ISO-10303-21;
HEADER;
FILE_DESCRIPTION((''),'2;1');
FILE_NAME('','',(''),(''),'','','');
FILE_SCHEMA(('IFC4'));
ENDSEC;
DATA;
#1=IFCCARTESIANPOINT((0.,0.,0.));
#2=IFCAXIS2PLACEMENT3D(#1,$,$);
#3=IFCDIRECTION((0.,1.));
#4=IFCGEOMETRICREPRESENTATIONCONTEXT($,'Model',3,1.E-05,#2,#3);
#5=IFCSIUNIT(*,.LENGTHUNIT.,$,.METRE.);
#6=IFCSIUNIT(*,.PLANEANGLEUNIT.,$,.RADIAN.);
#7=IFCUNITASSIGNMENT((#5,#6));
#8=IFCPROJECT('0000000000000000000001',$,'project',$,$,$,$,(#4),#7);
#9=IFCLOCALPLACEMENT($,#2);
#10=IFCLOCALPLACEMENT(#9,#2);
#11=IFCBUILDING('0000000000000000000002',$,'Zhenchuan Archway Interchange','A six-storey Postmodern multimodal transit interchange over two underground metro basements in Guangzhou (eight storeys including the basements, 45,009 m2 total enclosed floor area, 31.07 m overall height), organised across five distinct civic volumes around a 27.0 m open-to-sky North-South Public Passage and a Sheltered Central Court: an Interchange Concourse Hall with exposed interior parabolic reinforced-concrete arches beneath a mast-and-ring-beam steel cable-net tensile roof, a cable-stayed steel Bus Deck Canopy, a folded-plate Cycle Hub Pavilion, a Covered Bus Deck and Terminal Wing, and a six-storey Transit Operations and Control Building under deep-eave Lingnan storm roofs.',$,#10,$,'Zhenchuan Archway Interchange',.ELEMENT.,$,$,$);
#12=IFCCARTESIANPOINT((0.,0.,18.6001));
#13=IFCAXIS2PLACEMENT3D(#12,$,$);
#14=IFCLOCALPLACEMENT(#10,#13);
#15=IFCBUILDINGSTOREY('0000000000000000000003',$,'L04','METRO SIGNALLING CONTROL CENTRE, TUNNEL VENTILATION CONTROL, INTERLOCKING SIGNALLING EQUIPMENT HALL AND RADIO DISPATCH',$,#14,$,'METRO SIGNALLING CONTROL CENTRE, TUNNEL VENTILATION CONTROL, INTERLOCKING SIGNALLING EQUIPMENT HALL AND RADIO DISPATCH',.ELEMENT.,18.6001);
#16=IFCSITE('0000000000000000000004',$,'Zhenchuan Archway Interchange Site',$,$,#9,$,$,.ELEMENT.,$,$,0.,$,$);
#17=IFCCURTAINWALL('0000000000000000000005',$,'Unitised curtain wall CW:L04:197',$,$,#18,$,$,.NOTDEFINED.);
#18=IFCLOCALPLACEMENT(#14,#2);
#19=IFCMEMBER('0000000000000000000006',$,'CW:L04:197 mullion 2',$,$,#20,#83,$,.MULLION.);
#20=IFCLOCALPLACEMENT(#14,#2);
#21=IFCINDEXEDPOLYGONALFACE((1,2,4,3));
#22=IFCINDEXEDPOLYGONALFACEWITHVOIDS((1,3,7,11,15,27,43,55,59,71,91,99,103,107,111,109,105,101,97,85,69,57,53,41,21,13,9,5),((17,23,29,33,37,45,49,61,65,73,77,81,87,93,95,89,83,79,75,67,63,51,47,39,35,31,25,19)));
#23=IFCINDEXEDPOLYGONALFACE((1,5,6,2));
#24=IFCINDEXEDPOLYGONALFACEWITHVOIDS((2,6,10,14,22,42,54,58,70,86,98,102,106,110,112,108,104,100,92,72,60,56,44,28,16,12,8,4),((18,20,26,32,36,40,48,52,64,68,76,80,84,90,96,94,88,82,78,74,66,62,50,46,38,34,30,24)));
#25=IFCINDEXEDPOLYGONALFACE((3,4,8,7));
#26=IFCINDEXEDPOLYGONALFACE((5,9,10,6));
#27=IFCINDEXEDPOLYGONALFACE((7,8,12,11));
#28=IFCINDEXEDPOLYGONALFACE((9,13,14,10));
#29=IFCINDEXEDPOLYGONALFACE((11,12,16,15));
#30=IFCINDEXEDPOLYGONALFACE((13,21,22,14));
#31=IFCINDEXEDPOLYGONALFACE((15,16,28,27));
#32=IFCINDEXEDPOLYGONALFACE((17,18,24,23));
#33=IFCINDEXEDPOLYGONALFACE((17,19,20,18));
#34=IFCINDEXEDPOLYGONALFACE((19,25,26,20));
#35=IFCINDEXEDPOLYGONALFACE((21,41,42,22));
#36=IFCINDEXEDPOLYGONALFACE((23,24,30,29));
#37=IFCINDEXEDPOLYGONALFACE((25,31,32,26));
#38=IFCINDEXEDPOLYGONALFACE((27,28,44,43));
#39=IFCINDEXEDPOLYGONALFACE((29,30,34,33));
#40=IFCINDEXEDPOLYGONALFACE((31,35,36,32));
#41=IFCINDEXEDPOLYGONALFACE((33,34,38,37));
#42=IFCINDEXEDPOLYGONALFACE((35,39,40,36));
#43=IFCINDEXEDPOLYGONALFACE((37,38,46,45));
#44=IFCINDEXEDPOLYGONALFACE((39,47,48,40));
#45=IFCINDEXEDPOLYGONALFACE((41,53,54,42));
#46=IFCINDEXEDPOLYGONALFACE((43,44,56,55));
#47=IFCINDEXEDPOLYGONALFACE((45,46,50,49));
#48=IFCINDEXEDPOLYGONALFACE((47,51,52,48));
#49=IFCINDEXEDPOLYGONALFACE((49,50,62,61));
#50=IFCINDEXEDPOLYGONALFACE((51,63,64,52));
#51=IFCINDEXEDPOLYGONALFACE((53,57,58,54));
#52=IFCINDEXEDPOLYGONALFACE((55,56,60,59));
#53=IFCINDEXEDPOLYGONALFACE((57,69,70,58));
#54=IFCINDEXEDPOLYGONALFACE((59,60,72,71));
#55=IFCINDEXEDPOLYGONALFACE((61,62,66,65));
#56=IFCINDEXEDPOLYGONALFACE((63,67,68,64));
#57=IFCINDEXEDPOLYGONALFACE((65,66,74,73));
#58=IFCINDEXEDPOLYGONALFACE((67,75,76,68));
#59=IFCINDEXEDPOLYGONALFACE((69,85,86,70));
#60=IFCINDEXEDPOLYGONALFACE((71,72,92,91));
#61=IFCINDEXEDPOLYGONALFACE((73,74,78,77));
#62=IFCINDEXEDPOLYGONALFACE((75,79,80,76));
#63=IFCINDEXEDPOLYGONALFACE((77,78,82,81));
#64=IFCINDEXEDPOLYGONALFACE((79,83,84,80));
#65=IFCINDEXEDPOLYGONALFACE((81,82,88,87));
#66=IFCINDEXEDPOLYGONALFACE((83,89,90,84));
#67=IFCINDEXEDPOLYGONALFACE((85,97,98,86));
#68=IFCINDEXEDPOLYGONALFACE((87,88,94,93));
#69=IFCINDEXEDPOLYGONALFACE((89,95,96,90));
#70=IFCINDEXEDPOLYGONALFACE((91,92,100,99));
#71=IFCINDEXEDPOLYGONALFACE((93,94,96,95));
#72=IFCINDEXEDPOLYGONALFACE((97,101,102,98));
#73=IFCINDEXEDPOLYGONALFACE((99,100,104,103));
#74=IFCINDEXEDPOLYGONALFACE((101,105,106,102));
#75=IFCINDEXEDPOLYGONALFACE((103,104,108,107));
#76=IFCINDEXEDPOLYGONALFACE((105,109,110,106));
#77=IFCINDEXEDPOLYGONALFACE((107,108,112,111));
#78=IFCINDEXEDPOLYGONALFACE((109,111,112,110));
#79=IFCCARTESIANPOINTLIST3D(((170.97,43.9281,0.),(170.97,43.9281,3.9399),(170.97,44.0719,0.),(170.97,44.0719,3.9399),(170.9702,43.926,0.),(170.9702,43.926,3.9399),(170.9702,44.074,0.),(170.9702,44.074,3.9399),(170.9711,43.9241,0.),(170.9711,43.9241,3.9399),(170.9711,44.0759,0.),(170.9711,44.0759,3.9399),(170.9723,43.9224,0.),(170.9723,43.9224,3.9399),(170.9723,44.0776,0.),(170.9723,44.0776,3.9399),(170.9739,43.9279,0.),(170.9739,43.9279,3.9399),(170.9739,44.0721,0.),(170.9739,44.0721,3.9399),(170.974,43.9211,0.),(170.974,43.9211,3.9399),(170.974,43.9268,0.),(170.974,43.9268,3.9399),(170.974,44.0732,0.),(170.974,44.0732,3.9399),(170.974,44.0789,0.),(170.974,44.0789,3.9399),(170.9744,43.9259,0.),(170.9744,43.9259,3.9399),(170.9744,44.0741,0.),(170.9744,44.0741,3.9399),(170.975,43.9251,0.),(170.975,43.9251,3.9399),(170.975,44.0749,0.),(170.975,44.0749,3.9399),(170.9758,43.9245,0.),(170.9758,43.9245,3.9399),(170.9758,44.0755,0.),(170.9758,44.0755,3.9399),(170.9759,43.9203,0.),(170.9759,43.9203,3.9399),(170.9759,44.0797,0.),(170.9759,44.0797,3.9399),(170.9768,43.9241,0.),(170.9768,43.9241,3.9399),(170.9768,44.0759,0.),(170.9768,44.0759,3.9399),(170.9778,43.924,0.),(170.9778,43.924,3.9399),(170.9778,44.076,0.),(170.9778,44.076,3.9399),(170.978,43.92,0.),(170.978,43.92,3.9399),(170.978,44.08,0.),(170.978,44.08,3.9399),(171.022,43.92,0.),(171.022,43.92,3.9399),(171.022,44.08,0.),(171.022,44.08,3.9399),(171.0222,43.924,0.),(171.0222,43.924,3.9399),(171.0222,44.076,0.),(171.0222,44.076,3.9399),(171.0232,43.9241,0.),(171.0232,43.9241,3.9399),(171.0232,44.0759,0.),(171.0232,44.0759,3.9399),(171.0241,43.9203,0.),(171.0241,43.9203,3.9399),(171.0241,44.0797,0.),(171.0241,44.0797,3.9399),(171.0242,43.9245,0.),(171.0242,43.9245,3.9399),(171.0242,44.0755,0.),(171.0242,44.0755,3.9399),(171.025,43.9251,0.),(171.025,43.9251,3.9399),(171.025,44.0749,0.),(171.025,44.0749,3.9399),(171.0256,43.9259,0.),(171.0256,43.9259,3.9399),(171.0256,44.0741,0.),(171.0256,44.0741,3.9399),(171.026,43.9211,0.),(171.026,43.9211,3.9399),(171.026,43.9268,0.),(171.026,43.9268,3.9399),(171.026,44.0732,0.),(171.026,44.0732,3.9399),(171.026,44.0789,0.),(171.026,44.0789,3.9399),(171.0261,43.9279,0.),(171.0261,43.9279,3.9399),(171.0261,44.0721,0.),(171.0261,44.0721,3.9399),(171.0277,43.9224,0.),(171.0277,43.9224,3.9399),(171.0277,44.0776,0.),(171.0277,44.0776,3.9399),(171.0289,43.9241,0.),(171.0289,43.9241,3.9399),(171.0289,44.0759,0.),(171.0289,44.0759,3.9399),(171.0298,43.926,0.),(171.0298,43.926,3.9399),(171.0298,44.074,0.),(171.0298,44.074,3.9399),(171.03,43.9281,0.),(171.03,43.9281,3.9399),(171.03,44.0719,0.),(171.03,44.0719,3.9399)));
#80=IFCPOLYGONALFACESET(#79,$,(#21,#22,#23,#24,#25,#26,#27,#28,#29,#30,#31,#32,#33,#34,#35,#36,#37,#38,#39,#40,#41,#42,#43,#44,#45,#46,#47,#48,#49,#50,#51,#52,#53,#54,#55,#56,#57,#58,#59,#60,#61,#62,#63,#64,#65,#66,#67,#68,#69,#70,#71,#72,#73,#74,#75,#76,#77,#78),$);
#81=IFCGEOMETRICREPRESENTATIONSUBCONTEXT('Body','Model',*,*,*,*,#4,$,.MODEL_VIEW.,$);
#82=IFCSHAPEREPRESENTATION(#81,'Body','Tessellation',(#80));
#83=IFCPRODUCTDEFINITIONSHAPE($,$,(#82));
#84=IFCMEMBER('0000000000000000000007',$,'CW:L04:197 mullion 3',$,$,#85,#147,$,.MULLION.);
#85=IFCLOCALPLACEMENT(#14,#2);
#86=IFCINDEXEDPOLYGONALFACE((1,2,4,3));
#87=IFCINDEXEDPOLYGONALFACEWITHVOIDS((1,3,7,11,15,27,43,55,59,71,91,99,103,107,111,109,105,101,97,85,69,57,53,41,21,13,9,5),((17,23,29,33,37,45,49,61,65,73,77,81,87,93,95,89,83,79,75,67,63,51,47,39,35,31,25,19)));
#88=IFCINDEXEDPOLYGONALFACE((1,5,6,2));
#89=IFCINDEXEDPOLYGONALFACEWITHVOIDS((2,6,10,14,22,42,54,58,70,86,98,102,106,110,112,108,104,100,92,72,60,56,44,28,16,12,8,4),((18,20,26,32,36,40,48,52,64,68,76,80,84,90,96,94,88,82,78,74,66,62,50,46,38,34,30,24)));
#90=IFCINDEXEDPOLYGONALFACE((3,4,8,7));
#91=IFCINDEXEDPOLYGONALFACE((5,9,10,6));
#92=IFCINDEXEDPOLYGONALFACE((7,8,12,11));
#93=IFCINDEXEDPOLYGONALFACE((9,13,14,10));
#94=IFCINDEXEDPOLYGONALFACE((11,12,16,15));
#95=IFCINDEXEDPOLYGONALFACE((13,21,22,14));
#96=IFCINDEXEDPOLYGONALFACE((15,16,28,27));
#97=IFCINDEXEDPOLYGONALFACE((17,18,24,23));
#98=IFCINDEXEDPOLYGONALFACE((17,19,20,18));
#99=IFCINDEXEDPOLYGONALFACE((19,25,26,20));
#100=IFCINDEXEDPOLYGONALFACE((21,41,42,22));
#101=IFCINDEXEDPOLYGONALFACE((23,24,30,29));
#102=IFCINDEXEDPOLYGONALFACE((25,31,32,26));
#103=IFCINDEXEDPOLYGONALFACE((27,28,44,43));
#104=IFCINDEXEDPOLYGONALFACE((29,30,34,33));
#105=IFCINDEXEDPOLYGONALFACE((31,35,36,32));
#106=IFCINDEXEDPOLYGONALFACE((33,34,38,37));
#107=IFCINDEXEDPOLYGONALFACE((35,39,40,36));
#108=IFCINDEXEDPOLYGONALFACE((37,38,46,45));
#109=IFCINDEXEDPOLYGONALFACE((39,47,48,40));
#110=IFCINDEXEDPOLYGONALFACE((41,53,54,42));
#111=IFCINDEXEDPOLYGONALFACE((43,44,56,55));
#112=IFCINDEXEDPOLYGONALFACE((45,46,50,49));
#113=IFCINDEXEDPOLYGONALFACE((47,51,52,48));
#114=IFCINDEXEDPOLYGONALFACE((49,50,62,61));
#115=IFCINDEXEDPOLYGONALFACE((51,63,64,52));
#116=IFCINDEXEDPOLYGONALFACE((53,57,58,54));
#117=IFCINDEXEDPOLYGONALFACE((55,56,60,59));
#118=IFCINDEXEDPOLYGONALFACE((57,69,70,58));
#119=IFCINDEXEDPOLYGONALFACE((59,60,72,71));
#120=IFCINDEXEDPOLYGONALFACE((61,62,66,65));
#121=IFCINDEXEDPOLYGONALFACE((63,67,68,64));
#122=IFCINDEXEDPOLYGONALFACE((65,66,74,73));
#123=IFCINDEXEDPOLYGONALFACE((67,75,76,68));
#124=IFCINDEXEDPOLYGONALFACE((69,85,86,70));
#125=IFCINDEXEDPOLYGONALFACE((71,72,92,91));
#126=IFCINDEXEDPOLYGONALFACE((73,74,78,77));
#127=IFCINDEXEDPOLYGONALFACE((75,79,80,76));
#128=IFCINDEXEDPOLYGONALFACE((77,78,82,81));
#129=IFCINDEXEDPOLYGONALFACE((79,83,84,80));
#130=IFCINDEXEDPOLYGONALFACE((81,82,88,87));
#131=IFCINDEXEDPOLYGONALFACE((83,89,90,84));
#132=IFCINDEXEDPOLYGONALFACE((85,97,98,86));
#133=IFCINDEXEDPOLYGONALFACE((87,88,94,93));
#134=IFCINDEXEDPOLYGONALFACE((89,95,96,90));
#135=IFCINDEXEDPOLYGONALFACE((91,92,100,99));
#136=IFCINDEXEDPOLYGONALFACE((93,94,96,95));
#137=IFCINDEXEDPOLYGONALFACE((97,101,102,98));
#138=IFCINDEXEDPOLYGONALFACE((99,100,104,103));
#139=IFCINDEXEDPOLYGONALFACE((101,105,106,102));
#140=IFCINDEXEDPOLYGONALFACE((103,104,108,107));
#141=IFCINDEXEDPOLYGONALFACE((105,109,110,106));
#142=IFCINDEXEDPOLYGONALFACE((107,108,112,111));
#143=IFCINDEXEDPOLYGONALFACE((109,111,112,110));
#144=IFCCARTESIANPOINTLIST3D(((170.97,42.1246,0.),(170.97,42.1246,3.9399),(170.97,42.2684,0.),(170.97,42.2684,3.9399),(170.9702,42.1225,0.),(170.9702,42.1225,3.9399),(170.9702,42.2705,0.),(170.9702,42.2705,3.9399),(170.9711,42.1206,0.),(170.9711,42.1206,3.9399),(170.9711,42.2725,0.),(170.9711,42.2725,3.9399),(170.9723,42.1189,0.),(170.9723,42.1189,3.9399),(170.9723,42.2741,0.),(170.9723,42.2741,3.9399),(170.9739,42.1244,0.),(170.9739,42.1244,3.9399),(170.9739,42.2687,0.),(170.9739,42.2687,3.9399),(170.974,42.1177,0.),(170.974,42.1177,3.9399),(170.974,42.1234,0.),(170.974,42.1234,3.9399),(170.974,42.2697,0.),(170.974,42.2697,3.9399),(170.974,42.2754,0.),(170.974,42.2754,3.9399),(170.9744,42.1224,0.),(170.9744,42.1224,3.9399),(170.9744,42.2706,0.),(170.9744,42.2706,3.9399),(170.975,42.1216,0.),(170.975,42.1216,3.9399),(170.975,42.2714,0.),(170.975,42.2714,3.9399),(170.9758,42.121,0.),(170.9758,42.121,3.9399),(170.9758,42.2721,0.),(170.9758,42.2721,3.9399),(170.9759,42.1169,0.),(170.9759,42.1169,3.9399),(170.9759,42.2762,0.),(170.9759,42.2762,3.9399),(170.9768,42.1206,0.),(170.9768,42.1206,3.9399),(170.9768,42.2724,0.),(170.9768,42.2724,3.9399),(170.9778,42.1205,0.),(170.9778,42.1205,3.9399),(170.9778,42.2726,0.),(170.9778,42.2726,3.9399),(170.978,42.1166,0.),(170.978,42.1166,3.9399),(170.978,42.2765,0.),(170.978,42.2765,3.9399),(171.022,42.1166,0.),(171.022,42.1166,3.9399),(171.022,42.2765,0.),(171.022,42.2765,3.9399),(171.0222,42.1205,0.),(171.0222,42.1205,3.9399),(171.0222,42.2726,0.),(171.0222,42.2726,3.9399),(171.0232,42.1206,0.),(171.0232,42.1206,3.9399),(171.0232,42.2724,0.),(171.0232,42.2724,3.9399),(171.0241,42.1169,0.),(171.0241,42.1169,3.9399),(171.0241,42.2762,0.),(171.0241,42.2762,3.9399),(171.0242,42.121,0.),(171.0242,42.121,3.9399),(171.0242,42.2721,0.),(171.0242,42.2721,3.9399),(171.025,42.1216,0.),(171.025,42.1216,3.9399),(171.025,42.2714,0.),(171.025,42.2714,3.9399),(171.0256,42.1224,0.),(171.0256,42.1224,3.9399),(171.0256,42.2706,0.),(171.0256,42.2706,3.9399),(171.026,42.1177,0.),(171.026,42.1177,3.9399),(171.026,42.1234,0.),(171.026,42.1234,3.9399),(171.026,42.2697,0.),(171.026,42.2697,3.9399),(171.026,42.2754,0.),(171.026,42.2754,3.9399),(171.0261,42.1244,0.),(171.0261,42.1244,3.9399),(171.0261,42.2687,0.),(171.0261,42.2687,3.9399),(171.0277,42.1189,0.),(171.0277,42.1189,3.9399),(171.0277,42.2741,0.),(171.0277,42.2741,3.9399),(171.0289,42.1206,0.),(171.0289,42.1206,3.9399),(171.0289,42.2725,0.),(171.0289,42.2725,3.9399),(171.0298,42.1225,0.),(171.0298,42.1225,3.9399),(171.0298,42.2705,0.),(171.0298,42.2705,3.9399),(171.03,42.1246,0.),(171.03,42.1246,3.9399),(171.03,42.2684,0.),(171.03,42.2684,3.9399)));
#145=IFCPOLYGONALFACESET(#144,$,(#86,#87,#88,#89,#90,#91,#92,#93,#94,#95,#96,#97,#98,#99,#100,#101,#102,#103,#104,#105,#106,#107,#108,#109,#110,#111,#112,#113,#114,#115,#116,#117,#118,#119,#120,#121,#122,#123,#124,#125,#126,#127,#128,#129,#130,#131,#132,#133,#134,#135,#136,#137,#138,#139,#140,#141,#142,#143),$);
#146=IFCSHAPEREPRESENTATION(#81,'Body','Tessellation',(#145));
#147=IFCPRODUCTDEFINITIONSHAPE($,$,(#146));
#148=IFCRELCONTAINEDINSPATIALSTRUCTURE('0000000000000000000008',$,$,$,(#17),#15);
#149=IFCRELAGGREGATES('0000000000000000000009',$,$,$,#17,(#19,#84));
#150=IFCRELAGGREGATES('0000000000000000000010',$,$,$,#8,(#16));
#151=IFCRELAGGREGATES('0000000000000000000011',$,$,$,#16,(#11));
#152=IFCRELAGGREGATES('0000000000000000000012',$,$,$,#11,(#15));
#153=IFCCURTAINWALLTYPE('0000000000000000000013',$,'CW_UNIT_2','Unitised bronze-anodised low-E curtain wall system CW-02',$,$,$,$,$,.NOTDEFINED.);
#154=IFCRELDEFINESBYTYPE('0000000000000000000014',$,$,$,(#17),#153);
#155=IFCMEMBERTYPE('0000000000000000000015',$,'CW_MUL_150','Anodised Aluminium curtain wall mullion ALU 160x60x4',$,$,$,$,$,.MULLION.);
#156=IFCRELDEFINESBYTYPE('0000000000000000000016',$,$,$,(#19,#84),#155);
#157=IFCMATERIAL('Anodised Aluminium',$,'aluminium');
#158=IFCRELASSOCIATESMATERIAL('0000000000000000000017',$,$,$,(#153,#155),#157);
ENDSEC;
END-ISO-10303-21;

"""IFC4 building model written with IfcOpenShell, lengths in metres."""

from ifc_helpers import new_model, si_unit, direction, frame, origin, origin_2d, place, context, subcontext, project, spatial, hollow_rectangle, extrude, material, material_profile, profile_set, type_object, element, aggregate, save


model = new_model("IFC4")

# Units and contexts
model_context = context("Model", 3, precision=1e-05, world=origin(), true_north=direction((0.0, 1.0)))
body_context = subcontext(model_context, "Body", "Model", "MODEL_VIEW")
ifc_project = project(units=[si_unit("LENGTHUNIT", "METRE"), si_unit("PLANEANGLEUNIT", "RADIAN")], contexts=[model_context])

# Site, building, storey
site_placement = place(None, origin())
site = spatial("IfcSite", under=ifc_project, at=site_placement, Name="Zhenchuan Archway Interchange Site", CompositionType="ELEMENT", RefElevation=0.0)
building_placement = place(site_placement, origin())
building = spatial("IfcBuilding", under=site, at=building_placement, Name="Zhenchuan Archway Interchange", Description="A six-storey Postmodern multimodal transit interchange over two underground metro basements in Guangzhou (eight storeys including the basements, 45,009 m2 total enclosed floor area, 31.07 m overall height), organised across five distinct civic volumes around a 27.0 m open-to-sky North-South Public Passage and a Sheltered Central Court: an Interchange Concourse Hall with exposed interior parabolic reinforced-concrete arches beneath a mast-and-ring-beam steel cable-net tensile roof, a cable-stayed steel Bus Deck Canopy, a folded-plate Cycle Hub Pavilion, a Covered Bus Deck and Terminal Wing, and a six-storey Transit Operations and Control Building under deep-eave Lingnan storm roofs.", LongName="Zhenchuan Archway Interchange", CompositionType="ELEMENT")
storey_placement = place(building_placement, frame((0.0, 0.0, 18.6001)))
storey = spatial("IfcBuildingStorey", under=building, at=storey_placement, Name="L04", Description="METRO SIGNALLING CONTROL CENTRE, TUNNEL VENTILATION CONTROL, INTERLOCKING SIGNALLING EQUIPMENT HALL AND RADIO DISPATCH", LongName="METRO SIGNALLING CONTROL CENTRE, TUNNEL VENTILATION CONTROL, INTERLOCKING SIGNALLING EQUIPMENT HALL AND RADIO DISPATCH", CompositionType="ELEMENT", Elevation=18.6001)

# Curtain wall, members
ifc_material_1 = material(Name="Anodised Aluminium", Category="aluminium")
curtain_wall_type = type_object("IfcCurtainWallType", Name="CW_UNIT_2", Description="Unitised bronze-anodised low-E curtain wall system CW-02", PredefinedType="NOTDEFINED", material=ifc_material_1)
curtain_wall_placement = place(storey_placement, origin())
curtain_wall = element("IfcCurtainWall", 1, at=curtain_wall_placement, inside=storey, type_object=curtain_wall_type, Name="Unitised curtain wall CW:L04:197", PredefinedType="NOTDEFINED")
ifc_material_profile_1 = material_profile(ifc_material_1, hollow_rectangle(XDim=0.0601, YDim=0.1599, WallThickness=0.0039, InnerFilletRadius=0.0039, OuterFilletRadius=0.0081, at=origin_2d()), Name="ALU 160x60x4")
ifc_profile_set_1 = profile_set([ifc_material_profile_1], Name="Anodised Aluminium")
member_type_1 = type_object("IfcMemberType", Name="CW_MUL_150", Description="Anodised Aluminium curtain wall mullion ALU 160x60x4", PredefinedType="MULLION", material=ifc_profile_set_1)
member_1_placement = place(storey_placement, frame((171.0, 44.0, 0.0), z_axis=(0.0, 0.0, 1.0), x_axis=(1.0, 0.0, 0.0)))
member_1 = element("IfcMember", 2, at=member_1_placement, type_object=member_type_1, Name="CW:L04:197 mullion 2", PredefinedType="MULLION", context=body_context, shape_type="SweptSolid", body=[
    extrude(hollow_rectangle(XDim=0.0601, YDim=0.1599, WallThickness=0.0039, InnerFilletRadius=0.0039, OuterFilletRadius=0.0081, at=origin_2d()), origin(), (0.0, 0.0, 1.0), 3.9399),
])
member_2_placement = place(storey_placement, frame((171.0, 42.1965, 0.0), z_axis=(0.0, 0.0, 1.0), x_axis=(1.0, 0.0, 0.0)))
member_2 = element("IfcMember", 3, at=member_2_placement, type_object=member_type_1, Name="CW:L04:197 mullion 3", PredefinedType="MULLION", context=body_context, shape_type="SweptSolid", body=[
    extrude(hollow_rectangle(XDim=0.0601, YDim=0.1599, WallThickness=0.0039, InnerFilletRadius=0.0039, OuterFilletRadius=0.0081, at=origin_2d()), origin(), (0.0, 0.0, 1.0), 3.9399),
])

aggregate(curtain_wall, [member_1, member_2])

save(model, "model.ifc")
